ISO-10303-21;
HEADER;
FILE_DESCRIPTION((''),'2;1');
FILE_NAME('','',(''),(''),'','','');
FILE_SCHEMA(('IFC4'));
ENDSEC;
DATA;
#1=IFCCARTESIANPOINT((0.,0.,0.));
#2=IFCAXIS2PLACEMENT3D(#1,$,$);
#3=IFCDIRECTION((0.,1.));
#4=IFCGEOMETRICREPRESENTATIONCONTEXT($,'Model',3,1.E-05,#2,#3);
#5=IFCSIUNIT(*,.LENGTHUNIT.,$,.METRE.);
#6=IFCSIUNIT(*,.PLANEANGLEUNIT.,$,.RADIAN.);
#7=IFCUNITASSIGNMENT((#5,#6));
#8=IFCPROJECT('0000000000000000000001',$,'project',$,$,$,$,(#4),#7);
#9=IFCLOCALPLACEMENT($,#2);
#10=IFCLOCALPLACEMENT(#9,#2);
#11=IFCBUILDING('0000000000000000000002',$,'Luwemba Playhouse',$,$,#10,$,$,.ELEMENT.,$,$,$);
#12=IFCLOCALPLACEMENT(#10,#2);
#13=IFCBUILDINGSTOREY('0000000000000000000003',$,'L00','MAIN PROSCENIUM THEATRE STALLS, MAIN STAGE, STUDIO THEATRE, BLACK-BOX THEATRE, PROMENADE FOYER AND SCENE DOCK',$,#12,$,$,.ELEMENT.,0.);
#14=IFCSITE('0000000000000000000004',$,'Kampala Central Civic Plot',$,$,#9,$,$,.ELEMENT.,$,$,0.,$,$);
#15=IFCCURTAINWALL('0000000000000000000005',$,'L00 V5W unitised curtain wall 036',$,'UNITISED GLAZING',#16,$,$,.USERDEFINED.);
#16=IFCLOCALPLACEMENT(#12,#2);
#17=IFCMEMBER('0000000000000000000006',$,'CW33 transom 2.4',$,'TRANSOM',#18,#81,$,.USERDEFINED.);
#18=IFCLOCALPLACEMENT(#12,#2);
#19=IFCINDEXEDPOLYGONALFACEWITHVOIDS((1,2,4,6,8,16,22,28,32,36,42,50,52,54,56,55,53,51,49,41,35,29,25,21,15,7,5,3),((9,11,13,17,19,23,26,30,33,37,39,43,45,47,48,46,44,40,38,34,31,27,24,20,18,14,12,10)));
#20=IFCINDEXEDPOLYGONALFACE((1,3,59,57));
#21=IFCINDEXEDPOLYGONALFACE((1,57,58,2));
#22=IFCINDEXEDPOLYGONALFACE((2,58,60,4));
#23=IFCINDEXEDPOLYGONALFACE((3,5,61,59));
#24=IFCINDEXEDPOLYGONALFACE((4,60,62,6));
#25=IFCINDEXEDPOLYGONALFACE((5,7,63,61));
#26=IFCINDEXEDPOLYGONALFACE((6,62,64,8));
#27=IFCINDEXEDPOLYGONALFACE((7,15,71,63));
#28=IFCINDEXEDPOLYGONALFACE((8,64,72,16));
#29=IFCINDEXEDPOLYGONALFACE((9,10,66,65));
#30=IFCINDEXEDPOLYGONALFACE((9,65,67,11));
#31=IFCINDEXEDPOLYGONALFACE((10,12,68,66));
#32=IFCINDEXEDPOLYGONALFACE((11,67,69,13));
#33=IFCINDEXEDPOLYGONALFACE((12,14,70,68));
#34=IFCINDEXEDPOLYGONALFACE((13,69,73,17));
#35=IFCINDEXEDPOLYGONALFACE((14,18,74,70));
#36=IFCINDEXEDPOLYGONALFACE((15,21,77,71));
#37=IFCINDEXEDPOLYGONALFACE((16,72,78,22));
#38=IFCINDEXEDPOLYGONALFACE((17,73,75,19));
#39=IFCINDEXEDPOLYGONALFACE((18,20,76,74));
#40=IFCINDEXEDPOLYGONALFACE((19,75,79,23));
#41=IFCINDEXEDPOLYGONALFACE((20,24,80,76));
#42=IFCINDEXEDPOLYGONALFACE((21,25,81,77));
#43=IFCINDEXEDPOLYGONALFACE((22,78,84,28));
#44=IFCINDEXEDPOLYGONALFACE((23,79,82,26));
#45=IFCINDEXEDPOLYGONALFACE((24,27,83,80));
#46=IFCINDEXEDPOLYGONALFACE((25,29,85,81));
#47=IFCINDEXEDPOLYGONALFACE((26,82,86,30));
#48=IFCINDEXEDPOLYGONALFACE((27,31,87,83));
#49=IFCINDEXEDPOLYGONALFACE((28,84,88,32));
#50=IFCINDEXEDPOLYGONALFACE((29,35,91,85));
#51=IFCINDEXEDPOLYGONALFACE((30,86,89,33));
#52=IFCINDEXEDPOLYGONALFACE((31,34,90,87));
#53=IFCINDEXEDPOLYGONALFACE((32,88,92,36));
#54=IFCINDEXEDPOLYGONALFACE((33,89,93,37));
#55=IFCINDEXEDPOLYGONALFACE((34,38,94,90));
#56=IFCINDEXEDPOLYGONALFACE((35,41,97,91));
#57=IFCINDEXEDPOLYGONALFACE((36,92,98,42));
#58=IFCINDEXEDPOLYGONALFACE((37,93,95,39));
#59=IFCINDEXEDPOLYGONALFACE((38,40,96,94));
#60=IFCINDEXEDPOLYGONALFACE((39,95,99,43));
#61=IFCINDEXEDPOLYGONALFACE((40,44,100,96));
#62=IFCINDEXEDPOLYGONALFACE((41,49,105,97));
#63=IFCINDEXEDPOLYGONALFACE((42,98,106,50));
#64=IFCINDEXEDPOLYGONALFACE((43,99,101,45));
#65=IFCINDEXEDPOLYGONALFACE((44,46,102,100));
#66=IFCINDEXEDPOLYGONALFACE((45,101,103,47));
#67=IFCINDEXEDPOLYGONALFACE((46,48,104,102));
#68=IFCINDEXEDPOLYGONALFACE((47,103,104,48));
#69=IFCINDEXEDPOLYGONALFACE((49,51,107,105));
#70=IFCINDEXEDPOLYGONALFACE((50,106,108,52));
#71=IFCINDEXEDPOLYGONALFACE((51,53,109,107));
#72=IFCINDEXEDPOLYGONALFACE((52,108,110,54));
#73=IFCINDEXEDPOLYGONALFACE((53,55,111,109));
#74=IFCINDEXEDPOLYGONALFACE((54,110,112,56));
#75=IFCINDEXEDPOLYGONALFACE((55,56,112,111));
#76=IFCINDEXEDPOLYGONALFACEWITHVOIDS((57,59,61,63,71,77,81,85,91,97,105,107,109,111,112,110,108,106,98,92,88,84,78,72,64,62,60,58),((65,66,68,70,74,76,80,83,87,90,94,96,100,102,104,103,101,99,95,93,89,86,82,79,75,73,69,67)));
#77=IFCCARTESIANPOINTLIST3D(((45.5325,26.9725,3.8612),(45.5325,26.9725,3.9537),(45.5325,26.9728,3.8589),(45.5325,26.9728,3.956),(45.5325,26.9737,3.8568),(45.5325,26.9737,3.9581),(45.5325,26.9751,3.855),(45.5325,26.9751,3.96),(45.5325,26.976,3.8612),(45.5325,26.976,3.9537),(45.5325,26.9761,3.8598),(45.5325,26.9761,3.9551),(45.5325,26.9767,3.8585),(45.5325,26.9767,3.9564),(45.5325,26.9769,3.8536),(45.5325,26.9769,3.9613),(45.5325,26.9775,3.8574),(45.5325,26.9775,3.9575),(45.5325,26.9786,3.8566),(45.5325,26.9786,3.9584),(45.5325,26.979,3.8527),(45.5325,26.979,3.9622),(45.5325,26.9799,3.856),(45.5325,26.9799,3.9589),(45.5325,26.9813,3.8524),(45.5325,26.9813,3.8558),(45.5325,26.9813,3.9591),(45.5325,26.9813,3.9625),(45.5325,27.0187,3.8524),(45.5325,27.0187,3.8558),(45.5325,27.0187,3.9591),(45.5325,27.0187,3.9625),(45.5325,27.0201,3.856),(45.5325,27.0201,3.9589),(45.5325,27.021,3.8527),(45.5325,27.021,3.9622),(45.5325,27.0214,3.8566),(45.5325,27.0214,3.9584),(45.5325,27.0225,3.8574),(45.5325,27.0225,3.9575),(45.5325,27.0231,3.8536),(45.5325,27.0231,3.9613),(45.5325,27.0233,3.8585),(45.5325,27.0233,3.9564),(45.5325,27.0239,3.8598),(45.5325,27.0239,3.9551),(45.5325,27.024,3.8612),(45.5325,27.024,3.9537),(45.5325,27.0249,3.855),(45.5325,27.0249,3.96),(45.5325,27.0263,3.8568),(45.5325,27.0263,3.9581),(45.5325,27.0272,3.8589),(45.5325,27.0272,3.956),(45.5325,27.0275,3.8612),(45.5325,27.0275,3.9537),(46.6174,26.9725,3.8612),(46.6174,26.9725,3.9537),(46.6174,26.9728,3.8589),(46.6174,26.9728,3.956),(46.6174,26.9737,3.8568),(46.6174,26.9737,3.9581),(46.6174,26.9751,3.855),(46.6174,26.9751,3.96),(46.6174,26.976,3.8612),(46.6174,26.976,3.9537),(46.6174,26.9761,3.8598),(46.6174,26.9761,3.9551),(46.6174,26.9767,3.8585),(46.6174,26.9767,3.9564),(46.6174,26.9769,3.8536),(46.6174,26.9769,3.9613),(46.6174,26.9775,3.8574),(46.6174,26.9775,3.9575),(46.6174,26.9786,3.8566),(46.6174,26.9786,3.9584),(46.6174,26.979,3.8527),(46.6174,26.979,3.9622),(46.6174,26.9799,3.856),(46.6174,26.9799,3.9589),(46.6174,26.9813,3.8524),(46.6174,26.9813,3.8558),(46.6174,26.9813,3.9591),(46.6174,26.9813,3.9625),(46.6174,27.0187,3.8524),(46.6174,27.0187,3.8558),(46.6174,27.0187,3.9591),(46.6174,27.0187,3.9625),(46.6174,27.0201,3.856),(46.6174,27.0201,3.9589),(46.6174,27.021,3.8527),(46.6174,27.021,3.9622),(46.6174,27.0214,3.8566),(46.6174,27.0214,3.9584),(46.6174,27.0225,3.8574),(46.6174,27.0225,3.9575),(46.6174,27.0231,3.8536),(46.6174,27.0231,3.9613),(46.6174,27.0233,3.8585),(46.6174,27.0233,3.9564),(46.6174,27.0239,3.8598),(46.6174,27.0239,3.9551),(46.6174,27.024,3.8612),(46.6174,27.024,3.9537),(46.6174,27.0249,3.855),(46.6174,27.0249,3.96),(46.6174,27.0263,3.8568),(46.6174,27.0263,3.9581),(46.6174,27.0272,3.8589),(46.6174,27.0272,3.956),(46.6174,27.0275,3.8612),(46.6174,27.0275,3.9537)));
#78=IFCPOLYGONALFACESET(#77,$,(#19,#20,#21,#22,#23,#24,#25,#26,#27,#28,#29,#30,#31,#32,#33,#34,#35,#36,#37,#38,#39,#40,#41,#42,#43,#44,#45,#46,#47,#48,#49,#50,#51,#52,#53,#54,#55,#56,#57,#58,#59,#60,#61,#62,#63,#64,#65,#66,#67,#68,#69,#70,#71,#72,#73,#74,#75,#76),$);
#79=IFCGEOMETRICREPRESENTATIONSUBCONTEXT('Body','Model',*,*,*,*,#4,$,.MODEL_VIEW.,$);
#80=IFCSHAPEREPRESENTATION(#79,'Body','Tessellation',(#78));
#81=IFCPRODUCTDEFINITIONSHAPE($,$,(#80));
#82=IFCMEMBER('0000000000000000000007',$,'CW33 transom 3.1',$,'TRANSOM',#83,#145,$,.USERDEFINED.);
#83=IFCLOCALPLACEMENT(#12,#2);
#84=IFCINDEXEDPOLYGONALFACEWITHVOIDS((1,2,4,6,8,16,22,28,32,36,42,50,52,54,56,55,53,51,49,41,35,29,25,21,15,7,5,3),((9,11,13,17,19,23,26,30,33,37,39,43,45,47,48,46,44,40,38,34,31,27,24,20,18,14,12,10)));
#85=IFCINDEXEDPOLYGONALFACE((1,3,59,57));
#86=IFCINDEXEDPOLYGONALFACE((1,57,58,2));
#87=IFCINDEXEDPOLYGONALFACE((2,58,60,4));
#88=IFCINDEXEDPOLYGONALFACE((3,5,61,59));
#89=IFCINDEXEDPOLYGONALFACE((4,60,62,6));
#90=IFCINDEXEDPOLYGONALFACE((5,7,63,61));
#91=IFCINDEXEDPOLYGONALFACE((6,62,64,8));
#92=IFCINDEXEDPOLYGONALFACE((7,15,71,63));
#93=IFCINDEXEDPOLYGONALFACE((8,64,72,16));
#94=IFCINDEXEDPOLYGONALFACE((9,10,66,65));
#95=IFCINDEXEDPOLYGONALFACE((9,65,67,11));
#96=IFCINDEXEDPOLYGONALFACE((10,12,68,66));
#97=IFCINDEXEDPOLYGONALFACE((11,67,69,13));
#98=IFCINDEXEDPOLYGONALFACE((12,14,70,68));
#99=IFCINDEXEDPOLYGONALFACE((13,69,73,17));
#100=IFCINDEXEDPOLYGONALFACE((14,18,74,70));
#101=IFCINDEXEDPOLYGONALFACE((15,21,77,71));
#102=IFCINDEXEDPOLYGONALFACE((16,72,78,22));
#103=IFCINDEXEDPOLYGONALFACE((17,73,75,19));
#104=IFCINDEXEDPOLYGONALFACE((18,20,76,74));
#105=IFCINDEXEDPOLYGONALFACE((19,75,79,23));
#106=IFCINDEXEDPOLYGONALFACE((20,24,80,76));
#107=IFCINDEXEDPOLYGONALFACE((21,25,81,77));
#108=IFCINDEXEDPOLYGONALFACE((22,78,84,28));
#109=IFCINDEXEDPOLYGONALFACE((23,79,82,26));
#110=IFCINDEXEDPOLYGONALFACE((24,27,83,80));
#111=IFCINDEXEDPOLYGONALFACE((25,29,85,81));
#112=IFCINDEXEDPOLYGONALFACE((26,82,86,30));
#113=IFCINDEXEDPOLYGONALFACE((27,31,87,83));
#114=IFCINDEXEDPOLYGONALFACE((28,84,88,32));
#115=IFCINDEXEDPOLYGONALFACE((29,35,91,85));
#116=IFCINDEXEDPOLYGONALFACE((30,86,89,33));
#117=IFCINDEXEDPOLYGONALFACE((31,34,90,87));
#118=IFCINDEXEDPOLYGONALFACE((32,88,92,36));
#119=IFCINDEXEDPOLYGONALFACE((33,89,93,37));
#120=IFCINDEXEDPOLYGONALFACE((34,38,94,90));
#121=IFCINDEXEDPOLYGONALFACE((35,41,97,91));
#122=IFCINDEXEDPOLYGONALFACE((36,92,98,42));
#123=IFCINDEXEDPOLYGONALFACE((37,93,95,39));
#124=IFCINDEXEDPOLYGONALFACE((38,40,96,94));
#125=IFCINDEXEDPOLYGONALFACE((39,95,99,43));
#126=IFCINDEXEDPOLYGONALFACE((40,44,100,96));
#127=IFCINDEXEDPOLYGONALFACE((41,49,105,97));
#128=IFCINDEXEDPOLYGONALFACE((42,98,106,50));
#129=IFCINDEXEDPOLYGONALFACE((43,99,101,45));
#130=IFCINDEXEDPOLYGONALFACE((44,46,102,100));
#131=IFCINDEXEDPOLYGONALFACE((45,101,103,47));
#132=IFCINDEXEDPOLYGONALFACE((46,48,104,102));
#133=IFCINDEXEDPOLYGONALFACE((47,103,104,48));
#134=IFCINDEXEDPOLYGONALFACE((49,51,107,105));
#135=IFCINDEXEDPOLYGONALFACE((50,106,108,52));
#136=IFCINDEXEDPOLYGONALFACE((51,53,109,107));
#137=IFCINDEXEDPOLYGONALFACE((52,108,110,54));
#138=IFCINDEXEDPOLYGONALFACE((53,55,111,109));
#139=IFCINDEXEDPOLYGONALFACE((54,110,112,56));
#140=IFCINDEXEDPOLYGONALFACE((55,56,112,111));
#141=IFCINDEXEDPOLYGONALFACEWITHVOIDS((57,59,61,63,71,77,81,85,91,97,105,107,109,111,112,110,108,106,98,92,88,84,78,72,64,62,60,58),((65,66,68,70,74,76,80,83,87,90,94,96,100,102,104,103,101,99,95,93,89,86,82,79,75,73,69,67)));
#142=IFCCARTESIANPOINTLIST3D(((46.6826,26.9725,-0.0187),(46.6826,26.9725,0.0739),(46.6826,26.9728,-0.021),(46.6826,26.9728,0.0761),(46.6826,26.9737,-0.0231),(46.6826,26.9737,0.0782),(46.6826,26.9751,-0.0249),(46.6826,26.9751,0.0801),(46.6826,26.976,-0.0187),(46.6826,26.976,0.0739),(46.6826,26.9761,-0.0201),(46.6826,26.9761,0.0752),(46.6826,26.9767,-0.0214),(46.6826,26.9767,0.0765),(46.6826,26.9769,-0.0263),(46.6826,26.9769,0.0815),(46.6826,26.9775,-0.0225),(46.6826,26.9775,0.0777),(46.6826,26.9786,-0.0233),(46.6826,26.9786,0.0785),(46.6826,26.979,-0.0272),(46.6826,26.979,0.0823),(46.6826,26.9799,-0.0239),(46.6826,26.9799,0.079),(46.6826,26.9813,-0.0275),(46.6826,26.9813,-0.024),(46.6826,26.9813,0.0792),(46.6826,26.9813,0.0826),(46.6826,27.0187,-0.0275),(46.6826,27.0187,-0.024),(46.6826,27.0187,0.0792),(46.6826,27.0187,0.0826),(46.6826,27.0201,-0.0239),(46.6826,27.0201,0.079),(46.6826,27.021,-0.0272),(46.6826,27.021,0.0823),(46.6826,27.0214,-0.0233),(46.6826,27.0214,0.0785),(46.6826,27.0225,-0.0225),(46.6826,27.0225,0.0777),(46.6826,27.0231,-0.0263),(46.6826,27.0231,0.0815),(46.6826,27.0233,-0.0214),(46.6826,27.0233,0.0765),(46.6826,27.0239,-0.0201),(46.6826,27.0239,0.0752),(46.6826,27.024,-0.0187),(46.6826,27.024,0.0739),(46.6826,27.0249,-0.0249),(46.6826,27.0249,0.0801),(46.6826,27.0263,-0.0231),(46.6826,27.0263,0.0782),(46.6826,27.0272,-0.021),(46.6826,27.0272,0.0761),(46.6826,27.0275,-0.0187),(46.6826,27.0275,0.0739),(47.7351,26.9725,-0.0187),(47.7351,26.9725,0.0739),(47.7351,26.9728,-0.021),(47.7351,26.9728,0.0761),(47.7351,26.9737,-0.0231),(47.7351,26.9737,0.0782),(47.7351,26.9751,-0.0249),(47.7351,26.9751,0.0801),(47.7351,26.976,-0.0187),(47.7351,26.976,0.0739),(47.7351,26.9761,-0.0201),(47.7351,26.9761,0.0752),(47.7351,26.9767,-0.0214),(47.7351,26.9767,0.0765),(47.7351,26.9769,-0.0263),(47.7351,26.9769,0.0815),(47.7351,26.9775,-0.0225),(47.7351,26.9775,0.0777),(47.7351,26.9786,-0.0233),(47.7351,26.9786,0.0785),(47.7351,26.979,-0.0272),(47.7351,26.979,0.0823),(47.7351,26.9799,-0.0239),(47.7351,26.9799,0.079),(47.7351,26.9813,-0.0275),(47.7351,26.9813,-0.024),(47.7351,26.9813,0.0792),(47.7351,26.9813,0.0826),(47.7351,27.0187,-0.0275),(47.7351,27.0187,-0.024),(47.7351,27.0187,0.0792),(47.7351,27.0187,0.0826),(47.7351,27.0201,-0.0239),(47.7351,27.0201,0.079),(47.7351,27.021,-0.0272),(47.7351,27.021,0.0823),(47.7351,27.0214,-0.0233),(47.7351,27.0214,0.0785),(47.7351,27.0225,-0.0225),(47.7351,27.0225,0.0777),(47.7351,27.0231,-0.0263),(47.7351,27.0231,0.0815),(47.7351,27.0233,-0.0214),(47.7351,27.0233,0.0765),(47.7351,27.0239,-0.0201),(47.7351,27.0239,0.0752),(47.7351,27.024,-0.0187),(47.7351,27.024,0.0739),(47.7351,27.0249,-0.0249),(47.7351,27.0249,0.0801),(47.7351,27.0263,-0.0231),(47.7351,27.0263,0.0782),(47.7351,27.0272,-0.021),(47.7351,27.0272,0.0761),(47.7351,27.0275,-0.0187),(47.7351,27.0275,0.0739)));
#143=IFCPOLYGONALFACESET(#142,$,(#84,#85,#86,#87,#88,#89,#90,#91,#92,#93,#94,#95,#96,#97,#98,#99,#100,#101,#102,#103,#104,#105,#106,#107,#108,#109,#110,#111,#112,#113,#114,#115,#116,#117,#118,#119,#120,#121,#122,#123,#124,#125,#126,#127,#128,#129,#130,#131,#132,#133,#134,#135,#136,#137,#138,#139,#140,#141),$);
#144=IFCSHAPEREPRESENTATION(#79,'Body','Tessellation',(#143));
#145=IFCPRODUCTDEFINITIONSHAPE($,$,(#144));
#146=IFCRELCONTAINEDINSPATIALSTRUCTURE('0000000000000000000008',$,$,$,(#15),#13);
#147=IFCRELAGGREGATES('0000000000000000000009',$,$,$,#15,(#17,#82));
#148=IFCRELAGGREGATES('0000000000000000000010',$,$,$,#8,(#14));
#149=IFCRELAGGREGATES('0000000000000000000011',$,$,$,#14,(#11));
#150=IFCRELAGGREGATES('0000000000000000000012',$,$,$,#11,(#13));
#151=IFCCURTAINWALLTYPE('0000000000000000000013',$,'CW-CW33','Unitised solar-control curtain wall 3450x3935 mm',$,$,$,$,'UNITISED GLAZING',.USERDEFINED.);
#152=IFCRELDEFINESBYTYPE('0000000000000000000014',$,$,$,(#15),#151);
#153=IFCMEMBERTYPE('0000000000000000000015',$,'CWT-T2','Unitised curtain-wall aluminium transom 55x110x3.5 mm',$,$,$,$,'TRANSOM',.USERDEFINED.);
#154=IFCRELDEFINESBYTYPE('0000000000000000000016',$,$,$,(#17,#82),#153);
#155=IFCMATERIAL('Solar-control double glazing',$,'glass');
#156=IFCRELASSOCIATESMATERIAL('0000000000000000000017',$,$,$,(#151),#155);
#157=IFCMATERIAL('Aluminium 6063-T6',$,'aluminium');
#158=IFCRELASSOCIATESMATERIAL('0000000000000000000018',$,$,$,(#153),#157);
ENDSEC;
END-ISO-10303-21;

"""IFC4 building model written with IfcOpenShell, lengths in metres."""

from ifc_helpers import new_model, si_unit, direction, frame, origin, origin_2d, place, context, subcontext, project, spatial, hollow_rectangle, extrude, material, material_profile, profile_set, type_object, element, aggregate, save


model = new_model("IFC4")

# Units and contexts
model_context = context("Model", 3, precision=1e-05, world=origin(), true_north=direction((0.0, 1.0)))
body_context = subcontext(model_context, "Body", "Model", "MODEL_VIEW")
ifc_project = project(units=[si_unit("LENGTHUNIT", "METRE"), si_unit("PLANEANGLEUNIT", "RADIAN")], contexts=[model_context])

# Site, building, storey
site_placement = place(None, origin())
site = spatial("IfcSite", under=ifc_project, at=site_placement, Name="Kampala Central Civic Plot", CompositionType="ELEMENT", RefElevation=0.0)
building_placement = place(site_placement, origin())
building = spatial("IfcBuilding", under=site, at=building_placement, Name="Luwemba Playhouse", CompositionType="ELEMENT")
storey_placement = place(building_placement, origin())
storey = spatial("IfcBuildingStorey", under=building, at=storey_placement, Name="L00", Description="MAIN PROSCENIUM THEATRE STALLS, MAIN STAGE, STUDIO THEATRE, BLACK-BOX THEATRE, PROMENADE FOYER AND SCENE DOCK", CompositionType="ELEMENT", Elevation=0.0)

# Curtain wall, members
ifc_material_1 = material(Name="Solar-control double glazing", Category="glass")
curtain_wall_type = type_object("IfcCurtainWallType", Name="CW-CW33", Description="Unitised solar-control curtain wall 3450x3935 mm", ElementType="UNITISED GLAZING", PredefinedType="USERDEFINED", material=ifc_material_1)
curtain_wall_placement = place(storey_placement, origin())
curtain_wall = element("IfcCurtainWall", 1, at=curtain_wall_placement, inside=storey, type_object=curtain_wall_type, Name="L00 V5W unitised curtain wall 036", ObjectType="UNITISED GLAZING", PredefinedType="USERDEFINED")
ifc_material_2 = material(Name="Aluminium 6063-T6", Category="aluminium")
ifc_material_profile_1 = material_profile(ifc_material_2, hollow_rectangle(XDim=0.0549, YDim=0.1101, WallThickness=0.0034, InnerFilletRadius=0.0054, OuterFilletRadius=0.0088, at=origin_2d()))
ifc_profile_set_1 = profile_set([ifc_material_profile_1], Name="Aluminium 6063-T6")
member_type_1 = type_object("IfcMemberType", Name="CWT-T2", Description="Unitised curtain-wall aluminium transom 55x110x3.5 mm", ElementType="TRANSOM", PredefinedType="USERDEFINED", material=ifc_profile_set_1)
member_1_placement = place(storey_placement, frame((45.5325, 27.0, 3.9075), z_axis=(1.0, 0.0, 0.0), x_axis=(0.0, 1.0, 0.0)))
member_1 = element("IfcMember", 2, at=member_1_placement, type_object=member_type_1, Name="CW33 transom 2.4", ObjectType="TRANSOM", PredefinedType="USERDEFINED", context=body_context, shape_type="SweptSolid", body=[
    extrude(hollow_rectangle(XDim=0.0549, YDim=0.1101, WallThickness=0.0034, InnerFilletRadius=0.0054, OuterFilletRadius=0.0088, at=origin_2d()), origin(), (0.0, 0.0, 1.0), 1.085),
])
member_2_placement = place(storey_placement, frame((46.6826, 27.0, 0.0276), z_axis=(1.0, 0.0, 0.0), x_axis=(0.0, 1.0, 0.0)))
member_2 = element("IfcMember", 3, at=member_2_placement, type_object=member_type_1, Name="CW33 transom 3.1", ObjectType="TRANSOM", PredefinedType="USERDEFINED", context=body_context, shape_type="SweptSolid", body=[
    extrude(hollow_rectangle(XDim=0.0549, YDim=0.1101, WallThickness=0.0034, InnerFilletRadius=0.0054, OuterFilletRadius=0.0088, at=origin_2d()), origin(), (0.0, 0.0, 1.0), 1.0525),
])
aggregate(curtain_wall, [member_1, member_2])

save(model, "model.ifc")
